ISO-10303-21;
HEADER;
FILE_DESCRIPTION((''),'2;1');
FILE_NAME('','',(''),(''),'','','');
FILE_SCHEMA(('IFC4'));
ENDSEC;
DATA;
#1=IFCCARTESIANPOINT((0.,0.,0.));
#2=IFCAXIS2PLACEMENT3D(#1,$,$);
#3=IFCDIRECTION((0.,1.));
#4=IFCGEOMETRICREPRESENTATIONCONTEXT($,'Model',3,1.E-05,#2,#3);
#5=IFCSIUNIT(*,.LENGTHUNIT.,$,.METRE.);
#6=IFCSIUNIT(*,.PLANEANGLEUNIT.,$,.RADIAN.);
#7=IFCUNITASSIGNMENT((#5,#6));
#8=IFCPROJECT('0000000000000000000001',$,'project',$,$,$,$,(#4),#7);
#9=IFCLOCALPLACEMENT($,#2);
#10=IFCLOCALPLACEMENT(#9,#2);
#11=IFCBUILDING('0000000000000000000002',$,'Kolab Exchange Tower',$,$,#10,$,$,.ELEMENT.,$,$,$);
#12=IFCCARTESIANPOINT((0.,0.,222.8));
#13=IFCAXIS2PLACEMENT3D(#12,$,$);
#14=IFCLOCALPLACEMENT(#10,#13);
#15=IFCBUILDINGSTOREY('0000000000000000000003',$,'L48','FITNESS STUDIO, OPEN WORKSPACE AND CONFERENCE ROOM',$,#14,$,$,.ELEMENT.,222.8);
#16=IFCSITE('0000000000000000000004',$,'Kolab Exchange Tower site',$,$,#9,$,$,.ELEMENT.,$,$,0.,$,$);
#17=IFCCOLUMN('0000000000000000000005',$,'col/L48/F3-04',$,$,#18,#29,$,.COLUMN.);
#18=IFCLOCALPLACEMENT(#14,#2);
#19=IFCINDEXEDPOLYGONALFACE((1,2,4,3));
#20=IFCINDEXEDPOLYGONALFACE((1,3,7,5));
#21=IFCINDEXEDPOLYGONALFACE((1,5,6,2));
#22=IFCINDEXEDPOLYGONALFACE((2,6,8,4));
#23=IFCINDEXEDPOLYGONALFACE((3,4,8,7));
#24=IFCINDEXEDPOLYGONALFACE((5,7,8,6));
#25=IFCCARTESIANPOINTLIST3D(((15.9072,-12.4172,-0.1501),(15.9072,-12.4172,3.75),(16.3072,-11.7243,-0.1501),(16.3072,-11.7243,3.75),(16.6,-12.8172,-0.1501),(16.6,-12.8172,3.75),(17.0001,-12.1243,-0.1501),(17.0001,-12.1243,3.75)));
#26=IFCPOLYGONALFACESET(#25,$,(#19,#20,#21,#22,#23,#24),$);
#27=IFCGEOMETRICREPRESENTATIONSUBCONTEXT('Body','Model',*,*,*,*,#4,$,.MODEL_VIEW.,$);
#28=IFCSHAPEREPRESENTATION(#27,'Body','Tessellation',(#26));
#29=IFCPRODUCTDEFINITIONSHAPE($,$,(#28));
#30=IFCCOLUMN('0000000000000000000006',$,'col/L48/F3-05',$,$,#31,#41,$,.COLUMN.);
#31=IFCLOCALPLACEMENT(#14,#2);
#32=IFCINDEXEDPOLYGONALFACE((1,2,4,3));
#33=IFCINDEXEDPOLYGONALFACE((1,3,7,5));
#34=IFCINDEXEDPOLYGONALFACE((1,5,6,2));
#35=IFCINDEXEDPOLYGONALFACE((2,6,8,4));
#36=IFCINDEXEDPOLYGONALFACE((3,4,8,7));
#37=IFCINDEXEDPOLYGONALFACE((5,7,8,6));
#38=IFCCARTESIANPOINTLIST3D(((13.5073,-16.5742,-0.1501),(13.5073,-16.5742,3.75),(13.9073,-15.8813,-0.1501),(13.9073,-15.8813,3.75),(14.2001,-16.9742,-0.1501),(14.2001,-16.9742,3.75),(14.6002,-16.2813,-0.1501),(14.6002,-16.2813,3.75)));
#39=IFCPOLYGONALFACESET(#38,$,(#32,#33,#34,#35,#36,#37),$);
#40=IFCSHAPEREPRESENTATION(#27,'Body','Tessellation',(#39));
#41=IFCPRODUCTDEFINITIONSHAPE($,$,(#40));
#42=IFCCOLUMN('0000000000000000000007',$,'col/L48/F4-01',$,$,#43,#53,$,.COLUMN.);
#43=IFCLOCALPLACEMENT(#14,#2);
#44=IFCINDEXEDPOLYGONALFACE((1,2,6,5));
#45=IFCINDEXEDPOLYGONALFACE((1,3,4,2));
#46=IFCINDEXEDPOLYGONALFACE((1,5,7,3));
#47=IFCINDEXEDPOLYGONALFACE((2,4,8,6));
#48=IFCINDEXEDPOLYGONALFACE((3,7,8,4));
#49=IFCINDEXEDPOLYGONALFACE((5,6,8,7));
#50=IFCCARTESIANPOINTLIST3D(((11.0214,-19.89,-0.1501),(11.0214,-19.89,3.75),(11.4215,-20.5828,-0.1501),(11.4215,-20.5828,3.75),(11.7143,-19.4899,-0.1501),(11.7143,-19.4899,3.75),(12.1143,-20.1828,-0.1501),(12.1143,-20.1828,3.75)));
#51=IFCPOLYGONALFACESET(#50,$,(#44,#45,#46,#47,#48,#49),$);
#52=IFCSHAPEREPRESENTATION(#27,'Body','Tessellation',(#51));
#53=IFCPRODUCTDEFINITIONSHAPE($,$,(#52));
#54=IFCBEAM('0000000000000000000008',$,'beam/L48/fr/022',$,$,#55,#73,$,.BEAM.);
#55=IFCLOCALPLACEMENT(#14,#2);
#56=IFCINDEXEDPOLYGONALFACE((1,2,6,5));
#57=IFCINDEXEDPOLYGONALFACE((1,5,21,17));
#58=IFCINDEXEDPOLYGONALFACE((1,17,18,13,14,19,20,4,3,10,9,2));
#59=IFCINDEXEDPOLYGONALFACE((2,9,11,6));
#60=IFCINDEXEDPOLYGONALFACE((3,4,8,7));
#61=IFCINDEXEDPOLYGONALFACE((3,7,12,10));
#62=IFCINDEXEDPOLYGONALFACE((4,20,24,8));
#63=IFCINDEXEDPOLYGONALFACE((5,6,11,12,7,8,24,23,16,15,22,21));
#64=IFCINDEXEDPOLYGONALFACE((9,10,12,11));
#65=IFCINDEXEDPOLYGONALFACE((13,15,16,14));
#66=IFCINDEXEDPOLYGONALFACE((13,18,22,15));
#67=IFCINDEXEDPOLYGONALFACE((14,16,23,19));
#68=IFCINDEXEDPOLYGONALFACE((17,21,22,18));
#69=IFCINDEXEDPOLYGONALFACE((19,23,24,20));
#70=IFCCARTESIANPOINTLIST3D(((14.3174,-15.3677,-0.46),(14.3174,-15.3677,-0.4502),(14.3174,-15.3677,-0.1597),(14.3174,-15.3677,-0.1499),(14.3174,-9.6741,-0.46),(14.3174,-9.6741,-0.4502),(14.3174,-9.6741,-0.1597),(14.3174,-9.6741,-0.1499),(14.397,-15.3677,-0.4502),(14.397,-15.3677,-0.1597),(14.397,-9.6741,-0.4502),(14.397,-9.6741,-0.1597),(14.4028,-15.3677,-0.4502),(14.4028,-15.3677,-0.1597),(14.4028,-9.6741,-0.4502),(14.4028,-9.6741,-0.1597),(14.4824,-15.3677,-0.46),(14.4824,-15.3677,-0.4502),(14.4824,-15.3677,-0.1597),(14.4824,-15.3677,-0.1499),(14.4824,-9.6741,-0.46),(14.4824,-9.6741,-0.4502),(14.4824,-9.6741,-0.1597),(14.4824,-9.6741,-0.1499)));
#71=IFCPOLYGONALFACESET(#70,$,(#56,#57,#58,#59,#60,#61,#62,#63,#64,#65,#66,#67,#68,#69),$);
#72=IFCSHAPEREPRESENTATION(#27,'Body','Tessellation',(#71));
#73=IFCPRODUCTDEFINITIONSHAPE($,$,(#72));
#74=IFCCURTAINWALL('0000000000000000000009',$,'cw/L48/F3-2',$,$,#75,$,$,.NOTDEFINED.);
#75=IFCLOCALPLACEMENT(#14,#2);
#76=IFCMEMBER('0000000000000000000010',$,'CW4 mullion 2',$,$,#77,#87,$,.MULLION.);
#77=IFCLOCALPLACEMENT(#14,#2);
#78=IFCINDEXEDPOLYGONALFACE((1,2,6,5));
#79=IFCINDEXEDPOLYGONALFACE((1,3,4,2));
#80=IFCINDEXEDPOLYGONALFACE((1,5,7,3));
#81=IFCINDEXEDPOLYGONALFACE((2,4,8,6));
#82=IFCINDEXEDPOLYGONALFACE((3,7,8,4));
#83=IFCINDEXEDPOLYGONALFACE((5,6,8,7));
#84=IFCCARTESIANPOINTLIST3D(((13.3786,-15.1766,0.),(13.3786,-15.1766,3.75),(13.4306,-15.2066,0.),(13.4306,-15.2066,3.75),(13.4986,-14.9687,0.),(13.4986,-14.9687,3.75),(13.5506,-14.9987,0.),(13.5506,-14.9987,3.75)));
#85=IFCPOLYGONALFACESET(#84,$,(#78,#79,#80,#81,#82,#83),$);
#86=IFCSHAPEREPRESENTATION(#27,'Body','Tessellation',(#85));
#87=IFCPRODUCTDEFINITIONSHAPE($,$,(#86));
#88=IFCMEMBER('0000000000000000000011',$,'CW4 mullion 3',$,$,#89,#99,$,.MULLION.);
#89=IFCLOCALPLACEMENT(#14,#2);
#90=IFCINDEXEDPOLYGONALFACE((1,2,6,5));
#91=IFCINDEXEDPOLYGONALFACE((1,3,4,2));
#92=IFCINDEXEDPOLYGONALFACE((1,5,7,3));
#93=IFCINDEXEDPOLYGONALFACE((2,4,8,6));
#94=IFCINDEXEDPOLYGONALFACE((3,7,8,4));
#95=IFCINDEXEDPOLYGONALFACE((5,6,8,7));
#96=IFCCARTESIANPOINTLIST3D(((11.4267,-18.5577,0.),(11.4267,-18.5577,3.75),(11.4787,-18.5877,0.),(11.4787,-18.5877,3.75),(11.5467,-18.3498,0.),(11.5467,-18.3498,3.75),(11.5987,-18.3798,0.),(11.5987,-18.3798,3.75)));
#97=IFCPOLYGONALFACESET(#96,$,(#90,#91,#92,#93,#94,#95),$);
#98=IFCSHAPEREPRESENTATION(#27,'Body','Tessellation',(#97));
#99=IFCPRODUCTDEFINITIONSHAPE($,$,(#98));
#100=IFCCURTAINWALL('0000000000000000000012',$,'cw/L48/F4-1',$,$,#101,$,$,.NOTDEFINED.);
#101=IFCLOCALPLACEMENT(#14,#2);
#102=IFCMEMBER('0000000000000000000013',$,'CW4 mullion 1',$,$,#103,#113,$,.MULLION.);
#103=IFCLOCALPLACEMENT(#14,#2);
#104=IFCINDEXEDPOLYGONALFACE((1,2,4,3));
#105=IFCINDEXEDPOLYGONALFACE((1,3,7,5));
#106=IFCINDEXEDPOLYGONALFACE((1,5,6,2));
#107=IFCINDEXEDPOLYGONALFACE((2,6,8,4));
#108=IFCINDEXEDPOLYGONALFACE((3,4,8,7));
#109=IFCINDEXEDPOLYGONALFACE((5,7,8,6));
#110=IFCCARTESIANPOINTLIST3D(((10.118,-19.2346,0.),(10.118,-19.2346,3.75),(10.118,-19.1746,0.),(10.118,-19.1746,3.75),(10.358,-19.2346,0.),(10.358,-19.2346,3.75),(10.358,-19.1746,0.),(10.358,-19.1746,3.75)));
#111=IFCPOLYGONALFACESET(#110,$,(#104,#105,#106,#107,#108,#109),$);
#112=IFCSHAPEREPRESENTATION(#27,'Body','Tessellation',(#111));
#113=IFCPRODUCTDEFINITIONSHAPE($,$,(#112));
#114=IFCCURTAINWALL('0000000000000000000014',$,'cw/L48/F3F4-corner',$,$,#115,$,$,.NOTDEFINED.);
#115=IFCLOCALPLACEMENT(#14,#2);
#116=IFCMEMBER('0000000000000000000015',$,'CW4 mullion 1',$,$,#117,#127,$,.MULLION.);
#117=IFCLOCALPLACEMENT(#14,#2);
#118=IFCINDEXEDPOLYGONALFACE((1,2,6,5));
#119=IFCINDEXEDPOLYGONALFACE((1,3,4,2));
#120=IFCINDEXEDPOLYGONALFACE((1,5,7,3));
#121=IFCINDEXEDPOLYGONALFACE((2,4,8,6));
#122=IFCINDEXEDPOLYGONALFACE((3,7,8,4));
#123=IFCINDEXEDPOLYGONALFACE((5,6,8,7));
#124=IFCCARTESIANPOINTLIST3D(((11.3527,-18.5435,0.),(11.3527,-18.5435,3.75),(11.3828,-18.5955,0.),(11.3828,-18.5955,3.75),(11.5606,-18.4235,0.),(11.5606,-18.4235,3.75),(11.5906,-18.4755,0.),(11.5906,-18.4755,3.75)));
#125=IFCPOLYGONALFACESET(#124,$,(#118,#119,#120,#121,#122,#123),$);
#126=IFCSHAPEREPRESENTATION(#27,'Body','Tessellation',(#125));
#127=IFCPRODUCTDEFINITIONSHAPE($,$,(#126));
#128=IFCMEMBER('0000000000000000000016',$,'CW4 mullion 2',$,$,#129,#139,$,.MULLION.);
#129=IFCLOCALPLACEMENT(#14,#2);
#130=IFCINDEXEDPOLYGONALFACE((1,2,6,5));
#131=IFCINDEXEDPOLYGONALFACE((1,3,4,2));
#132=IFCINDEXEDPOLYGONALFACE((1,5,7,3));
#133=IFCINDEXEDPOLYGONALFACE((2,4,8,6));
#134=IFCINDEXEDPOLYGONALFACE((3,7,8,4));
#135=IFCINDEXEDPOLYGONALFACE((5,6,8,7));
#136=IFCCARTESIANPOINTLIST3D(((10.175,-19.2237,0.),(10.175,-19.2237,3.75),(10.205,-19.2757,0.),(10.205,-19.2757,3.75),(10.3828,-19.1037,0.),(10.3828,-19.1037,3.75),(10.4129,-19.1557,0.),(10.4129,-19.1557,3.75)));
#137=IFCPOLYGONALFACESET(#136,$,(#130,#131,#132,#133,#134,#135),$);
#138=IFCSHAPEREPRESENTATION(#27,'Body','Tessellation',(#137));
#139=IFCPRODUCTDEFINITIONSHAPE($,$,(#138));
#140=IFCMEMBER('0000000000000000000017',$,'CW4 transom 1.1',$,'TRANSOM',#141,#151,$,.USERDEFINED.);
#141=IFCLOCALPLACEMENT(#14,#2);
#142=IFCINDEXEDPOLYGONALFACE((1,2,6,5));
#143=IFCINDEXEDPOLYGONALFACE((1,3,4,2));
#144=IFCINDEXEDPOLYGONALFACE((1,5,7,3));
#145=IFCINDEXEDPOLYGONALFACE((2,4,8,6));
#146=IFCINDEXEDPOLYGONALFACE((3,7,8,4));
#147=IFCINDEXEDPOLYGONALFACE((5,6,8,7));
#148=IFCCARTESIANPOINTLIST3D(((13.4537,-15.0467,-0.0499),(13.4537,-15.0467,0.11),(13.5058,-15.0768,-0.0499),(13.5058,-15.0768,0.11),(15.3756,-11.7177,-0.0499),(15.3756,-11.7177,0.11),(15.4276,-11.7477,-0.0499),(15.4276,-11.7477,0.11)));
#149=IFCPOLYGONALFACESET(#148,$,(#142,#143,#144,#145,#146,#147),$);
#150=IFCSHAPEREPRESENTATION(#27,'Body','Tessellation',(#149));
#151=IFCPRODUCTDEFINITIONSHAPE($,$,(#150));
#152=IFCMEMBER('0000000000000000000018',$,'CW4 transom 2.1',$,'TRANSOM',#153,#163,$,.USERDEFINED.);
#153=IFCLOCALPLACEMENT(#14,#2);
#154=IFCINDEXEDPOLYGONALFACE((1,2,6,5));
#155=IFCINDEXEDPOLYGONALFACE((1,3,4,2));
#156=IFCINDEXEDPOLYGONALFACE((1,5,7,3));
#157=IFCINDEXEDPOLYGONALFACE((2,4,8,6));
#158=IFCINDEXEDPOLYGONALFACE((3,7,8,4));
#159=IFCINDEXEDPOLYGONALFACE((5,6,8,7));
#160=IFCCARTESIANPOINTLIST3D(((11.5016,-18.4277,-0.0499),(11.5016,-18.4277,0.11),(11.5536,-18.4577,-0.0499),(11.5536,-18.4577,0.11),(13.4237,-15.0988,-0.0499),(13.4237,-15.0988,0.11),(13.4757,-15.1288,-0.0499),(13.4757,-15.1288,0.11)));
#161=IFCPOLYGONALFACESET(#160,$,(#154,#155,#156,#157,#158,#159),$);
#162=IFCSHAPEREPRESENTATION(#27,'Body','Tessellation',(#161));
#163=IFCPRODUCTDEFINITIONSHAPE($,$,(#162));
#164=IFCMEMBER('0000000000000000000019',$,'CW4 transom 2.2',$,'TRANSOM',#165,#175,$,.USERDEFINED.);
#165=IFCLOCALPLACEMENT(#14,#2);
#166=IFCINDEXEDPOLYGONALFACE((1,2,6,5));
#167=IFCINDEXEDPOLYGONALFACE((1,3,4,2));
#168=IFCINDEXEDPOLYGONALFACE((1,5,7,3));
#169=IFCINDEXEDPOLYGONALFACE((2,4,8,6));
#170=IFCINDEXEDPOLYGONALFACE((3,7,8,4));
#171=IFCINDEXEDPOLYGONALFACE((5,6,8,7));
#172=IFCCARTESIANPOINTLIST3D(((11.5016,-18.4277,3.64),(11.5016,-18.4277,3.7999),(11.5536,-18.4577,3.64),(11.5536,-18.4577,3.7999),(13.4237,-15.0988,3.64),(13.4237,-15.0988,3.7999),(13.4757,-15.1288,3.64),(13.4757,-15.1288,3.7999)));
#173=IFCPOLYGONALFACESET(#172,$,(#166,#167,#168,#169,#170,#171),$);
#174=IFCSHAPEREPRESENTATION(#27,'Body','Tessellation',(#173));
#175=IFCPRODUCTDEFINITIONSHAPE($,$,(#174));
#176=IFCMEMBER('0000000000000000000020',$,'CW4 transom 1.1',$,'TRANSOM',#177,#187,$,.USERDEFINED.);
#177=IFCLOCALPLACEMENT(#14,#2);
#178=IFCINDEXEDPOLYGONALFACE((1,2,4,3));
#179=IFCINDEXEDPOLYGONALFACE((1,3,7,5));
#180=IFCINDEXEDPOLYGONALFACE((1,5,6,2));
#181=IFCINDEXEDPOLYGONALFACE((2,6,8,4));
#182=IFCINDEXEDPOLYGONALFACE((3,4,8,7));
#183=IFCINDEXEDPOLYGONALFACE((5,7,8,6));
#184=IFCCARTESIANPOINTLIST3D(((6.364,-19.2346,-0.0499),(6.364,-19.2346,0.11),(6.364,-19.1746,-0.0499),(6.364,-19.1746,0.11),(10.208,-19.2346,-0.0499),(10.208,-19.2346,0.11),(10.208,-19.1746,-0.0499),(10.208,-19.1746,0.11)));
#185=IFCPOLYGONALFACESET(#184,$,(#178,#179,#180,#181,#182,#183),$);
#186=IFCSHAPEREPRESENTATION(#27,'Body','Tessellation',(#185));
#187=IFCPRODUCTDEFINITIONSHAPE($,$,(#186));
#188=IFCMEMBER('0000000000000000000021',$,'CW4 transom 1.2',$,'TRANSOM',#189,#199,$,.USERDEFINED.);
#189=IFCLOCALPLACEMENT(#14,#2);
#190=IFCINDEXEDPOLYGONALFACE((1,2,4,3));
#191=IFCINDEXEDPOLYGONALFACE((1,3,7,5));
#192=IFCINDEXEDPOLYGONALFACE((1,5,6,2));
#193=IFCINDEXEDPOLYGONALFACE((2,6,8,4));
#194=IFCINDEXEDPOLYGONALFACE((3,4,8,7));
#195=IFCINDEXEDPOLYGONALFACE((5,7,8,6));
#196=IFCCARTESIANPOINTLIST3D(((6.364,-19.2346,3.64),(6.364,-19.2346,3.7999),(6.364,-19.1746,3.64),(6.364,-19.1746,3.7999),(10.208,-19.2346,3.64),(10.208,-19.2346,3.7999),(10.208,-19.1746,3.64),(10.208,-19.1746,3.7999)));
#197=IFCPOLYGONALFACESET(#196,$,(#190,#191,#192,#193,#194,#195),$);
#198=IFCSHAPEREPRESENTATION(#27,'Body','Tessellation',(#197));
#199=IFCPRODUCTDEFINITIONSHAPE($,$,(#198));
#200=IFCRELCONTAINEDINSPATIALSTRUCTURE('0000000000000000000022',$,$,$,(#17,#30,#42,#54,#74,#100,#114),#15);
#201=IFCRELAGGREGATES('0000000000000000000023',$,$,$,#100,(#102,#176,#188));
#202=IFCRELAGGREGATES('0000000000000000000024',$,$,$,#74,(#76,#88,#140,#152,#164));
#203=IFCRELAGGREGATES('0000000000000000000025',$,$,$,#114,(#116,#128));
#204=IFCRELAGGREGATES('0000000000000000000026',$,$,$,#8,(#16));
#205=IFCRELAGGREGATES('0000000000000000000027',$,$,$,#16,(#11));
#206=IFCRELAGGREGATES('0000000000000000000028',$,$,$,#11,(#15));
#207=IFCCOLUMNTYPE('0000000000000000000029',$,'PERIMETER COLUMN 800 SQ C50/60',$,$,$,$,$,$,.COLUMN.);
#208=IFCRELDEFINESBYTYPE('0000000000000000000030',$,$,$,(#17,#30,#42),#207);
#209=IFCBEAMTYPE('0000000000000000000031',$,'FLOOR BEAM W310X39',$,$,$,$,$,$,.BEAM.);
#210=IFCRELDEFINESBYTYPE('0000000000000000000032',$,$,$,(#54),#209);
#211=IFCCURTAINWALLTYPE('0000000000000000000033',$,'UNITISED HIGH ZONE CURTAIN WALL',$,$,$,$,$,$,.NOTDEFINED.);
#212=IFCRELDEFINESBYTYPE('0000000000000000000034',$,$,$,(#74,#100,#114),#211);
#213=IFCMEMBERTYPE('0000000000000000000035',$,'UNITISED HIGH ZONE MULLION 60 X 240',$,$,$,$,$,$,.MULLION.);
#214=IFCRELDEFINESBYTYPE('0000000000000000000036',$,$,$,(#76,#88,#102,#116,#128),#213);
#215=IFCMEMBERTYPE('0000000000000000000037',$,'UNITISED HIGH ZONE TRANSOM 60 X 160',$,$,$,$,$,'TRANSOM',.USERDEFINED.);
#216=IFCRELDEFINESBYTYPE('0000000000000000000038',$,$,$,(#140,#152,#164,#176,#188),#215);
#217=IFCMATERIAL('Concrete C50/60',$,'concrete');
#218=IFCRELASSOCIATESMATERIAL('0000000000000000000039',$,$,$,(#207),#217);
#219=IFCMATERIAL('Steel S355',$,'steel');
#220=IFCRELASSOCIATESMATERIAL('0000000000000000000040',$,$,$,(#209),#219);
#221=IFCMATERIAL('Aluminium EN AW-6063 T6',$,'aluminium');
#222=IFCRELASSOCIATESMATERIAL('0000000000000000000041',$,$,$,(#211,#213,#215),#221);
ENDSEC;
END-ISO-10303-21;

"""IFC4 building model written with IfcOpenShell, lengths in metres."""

from ifc_helpers import new_model, si_unit, direction, frame, origin, origin_2d, place, context, subcontext, project, spatial, rectangle, i_section, extrude, material, material_profile, profile_set, type_object, element, aggregate, save


model = new_model("IFC4")

# Units and contexts
model_context = context("Model", 3, precision=1e-05, world=origin(), true_north=direction((0.0, 1.0)))
body_context = subcontext(model_context, "Body", "Model", "MODEL_VIEW")
ifc_project = project(units=[si_unit("LENGTHUNIT", "METRE"), si_unit("PLANEANGLEUNIT", "RADIAN")], contexts=[model_context])

# Site, building, storey
site_placement = place(None, origin())
site = spatial("IfcSite", under=ifc_project, at=site_placement, Name="Kolab Exchange Tower site", CompositionType="ELEMENT", RefElevation=0.0)
building_placement = place(site_placement, origin())
building = spatial("IfcBuilding", under=site, at=building_placement, Name="Kolab Exchange Tower", CompositionType="ELEMENT")
storey_placement = place(building_placement, frame((0.0, 0.0, 222.8)))
storey = spatial("IfcBuildingStorey", under=building, at=storey_placement, Name="L48", Description="FITNESS STUDIO, OPEN WORKSPACE AND CONFERENCE ROOM", CompositionType="ELEMENT", Elevation=222.8)

# Columns
ifc_material_1 = material(Name="Concrete C50/60", Category="concrete")
ifc_material_profile_1 = material_profile(ifc_material_1, rectangle(XDim=0.8, YDim=0.8, at=origin_2d()), Name="RC800")
ifc_profile_set_1 = profile_set([ifc_material_profile_1], Name="Concrete C50/60")
column_type = type_object("IfcColumnType", Name="PERIMETER COLUMN 800 SQ C50/60", PredefinedType="COLUMN", material=ifc_profile_set_1)
for number, where, z_axis, x_axis, name in (
    (1, (16.4536, -12.2708, -0.1501), (0.0, 0.0, 1.0), (0.5, 0.866025, 0.0), "col/L48/F3-04"),
    (2, (14.0537, -16.4277, -0.1501), (0.0, 0.0, 1.0), (0.5, 0.866025, 0.0), "col/L48/F3-05"),
    (3, (11.5679, -20.0364, -0.1501), (0.0, 0.0, 1.0), (0.866025, 0.5, 0.0), "col/L48/F4-01"),
):
    element("IfcColumn", number, at=place(storey_placement, frame(where, z_axis=z_axis, x_axis=x_axis)), inside=storey, type_object=column_type, Name=name, PredefinedType="COLUMN", context=body_context, shape_type="SweptSolid", body=[
        extrude(rectangle(XDim=0.8, YDim=0.8, at=origin_2d()), origin(), (0.0, 0.0, 1.0), 3.9001),
    ])

# Beam
ifc_material_2 = material(Name="Steel S355", Category="steel")
ifc_material_profile_2 = material_profile(ifc_material_2, i_section(OverallWidth=0.165, OverallDepth=0.3101, WebThickness=0.0059, FlangeThickness=0.0098, at=origin_2d()), Name="W310X39")
ifc_profile_set_2 = profile_set([ifc_material_profile_2], Name="Steel S355")
beam_type = type_object("IfcBeamType", Name="FLOOR BEAM W310X39", PredefinedType="BEAM", material=ifc_profile_set_2)
beam_placement = place(storey_placement, frame((14.3999, -15.3677, -0.3049), z_axis=(0.0, 1.0, 0.0), x_axis=(-1.0, 0.0, 0.0)))
element("IfcBeam", 4, at=beam_placement, inside=storey, type_object=beam_type, Name="beam/L48/fr/022", PredefinedType="BEAM", context=body_context, shape_type="SweptSolid", body=[
    extrude(i_section(OverallWidth=0.165, OverallDepth=0.3101, WebThickness=0.0059, FlangeThickness=0.0098, at=origin_2d()), origin(), (0.0, 0.0, 1.0), 5.6936),
])

# Curtain wall, members
ifc_material_3 = material(Name="Aluminium EN AW-6063 T6", Category="aluminium")
curtain_wall_type = type_object("IfcCurtainWallType", Name="UNITISED HIGH ZONE CURTAIN WALL", PredefinedType="NOTDEFINED", material=ifc_material_3)
curtain_wall_1_placement = place(storey_placement, origin())
curtain_wall_1 = element("IfcCurtainWall", 5, at=curtain_wall_1_placement, inside=storey, type_object=curtain_wall_type, Name="cw/L48/F3-2", PredefinedType="NOTDEFINED")
ifc_material_profile_3 = material_profile(ifc_material_3, rectangle(XDim=0.0601, YDim=0.24, at=origin_2d()), Name="RECT 60X240")
ifc_profile_set_3 = profile_set([ifc_material_profile_3], Name="Aluminium EN AW-6063 T6")
member_type_1 = type_object("IfcMemberType", Name="UNITISED HIGH ZONE MULLION 60 X 240", PredefinedType="MULLION", material=ifc_profile_set_3)
member_1_placement = place(storey_placement, frame((13.4646, -15.0876, 0.0), z_axis=(0.0, 0.0, 1.0), x_axis=(0.866025, -0.5, 0.0)))
member_1 = element("IfcMember", 6, at=member_1_placement, type_object=member_type_1, Name="CW4 mullion 2", PredefinedType="MULLION", context=body_context, shape_type="SweptSolid", body=[
    extrude(rectangle(XDim=0.0601, YDim=0.24, at=origin_2d()), origin(), (0.0, 0.0, 1.0), 3.75),
])
member_2_placement = place(storey_placement, frame((11.5127, -18.4688, 0.0), z_axis=(0.0, 0.0, 1.0), x_axis=(0.866025, -0.5, 0.0)))
member_2 = element("IfcMember", 7, at=member_2_placement, type_object=member_type_1, Name="CW4 mullion 3", PredefinedType="MULLION", context=body_context, shape_type="SweptSolid", body=[
    extrude(rectangle(XDim=0.0601, YDim=0.24, at=origin_2d()), origin(), (0.0, 0.0, 1.0), 3.75),
])

# Curtain wall, member
curtain_wall_2_placement = place(storey_placement, origin())
curtain_wall_2 = element("IfcCurtainWall", 8, at=curtain_wall_2_placement, inside=storey, type_object=curtain_wall_type, Name="cw/L48/F4-1", PredefinedType="NOTDEFINED")
member_3_placement = place(storey_placement, frame((10.238, -19.2046, 0.0), z_axis=(0.0, 0.0, 1.0), x_axis=(0.0, -1.0, 0.0)))
member_3 = element("IfcMember", 9, at=member_3_placement, type_object=member_type_1, Name="CW4 mullion 1", PredefinedType="MULLION", context=body_context, shape_type="SweptSolid", body=[
    extrude(rectangle(XDim=0.0601, YDim=0.24, at=origin_2d()), origin(), (0.0, 0.0, 1.0), 3.75),
])

# Curtain wall, members
curtain_wall_3_placement = place(storey_placement, origin())
curtain_wall_3 = element("IfcCurtainWall", 10, at=curtain_wall_3_placement, inside=storey, type_object=curtain_wall_type, Name="cw/L48/F3F4-corner", PredefinedType="NOTDEFINED")
member_4_placement = place(storey_placement, frame((11.4717, -18.5095, 0.0), z_axis=(0.0, 0.0, 1.0), x_axis=(0.5, -0.866025, 0.0)))
member_4 = element("IfcMember", 11, at=member_4_placement, type_object=member_type_1, Name="CW4 mullion 1", PredefinedType="MULLION", context=body_context, shape_type="SweptSolid", body=[
    extrude(rectangle(XDim=0.0601, YDim=0.24, at=origin_2d()), origin(), (0.0, 0.0, 1.0), 3.75),
])
member_5_placement = place(storey_placement, frame((10.2939, -19.1897, 0.0), z_axis=(0.0, 0.0, 1.0), x_axis=(0.5, -0.866025, 0.0)))
member_5 = element("IfcMember", 12, at=member_5_placement, type_object=member_type_1, Name="CW4 mullion 2", PredefinedType="MULLION", context=body_context, shape_type="SweptSolid", body=[
    extrude(rectangle(XDim=0.0601, YDim=0.24, at=origin_2d()), origin(), (0.0, 0.0, 1.0), 3.75),
])

# Members
ifc_material_profile_4 = material_profile(ifc_material_3, rectangle(XDim=0.0601, YDim=0.1599, at=origin_2d()), Name="RECT 60X160")
ifc_profile_set_4 = profile_set([ifc_material_profile_4], Name="Aluminium EN AW-6063 T6")
member_type_2 = type_object("IfcMemberType", Name="UNITISED HIGH ZONE TRANSOM 60 X 160", ElementType="TRANSOM", PredefinedType="USERDEFINED", material=ifc_profile_set_4)
member_6_placement = place(storey_placement, frame((15.4016, -11.7327, 0.03), z_axis=(-0.499964, -0.866046, 0.0), x_axis=(0.866046, -0.499964, 0.0)))
member_6 = element("IfcMember", 13, at=member_6_placement, type_object=member_type_2, Name="CW4 transom 1.1", ObjectType="TRANSOM", PredefinedType="USERDEFINED", context=body_context, shape_type="SweptSolid", body=[
    extrude(rectangle(XDim=0.0601, YDim=0.1599, at=origin_2d()), origin(), (0.0, 0.0, 1.0), 3.844),
])
member_7_placement = place(storey_placement, frame((13.4497, -15.1138, 0.03), z_axis=(-0.500039, -0.866003, 0.0), x_axis=(0.866003, -0.500039, 0.0)))
member_7 = element("IfcMember", 14, at=member_7_placement, type_object=member_type_2, Name="CW4 transom 2.1", ObjectType="TRANSOM", PredefinedType="USERDEFINED", context=body_context, shape_type="SweptSolid", body=[
    extrude(rectangle(XDim=0.0601, YDim=0.1599, at=origin_2d()), origin(), (0.0, 0.0, 1.0), 3.844),
])
member_8_placement = place(storey_placement, frame((13.4497, -15.1138, 3.72), z_axis=(-0.500039, -0.866003, 0.0), x_axis=(0.866003, -0.500039, 0.0)))
member_8 = element("IfcMember", 15, at=member_8_placement, type_object=member_type_2, Name="CW4 transom 2.2", ObjectType="TRANSOM", PredefinedType="USERDEFINED", context=body_context, shape_type="SweptSolid", body=[
    extrude(rectangle(XDim=0.0601, YDim=0.1599, at=origin_2d()), origin(), (0.0, 0.0, 1.0), 3.844),
])
member_9_placement = place(storey_placement, frame((10.208, -19.2046, 0.03), z_axis=(-1.0, 0.0, 0.0), x_axis=(0.0, -1.0, 0.0)))
member_9 = element("IfcMember", 16, at=member_9_placement, type_object=member_type_2, Name="CW4 transom 1.1", ObjectType="TRANSOM", PredefinedType="USERDEFINED", context=body_context, shape_type="SweptSolid", body=[
    extrude(rectangle(XDim=0.0601, YDim=0.1599, at=origin_2d()), origin(), (0.0, 0.0, 1.0), 3.844),
])
member_10_placement = place(storey_placement, frame((10.208, -19.2046, 3.72), z_axis=(-1.0, 0.0, 0.0), x_axis=(0.0, -1.0, 0.0)))
member_10 = element("IfcMember", 17, at=member_10_placement, type_object=member_type_2, Name="CW4 transom 1.2", ObjectType="TRANSOM", PredefinedType="USERDEFINED", context=body_context, shape_type="SweptSolid", body=[
    extrude(rectangle(XDim=0.0601, YDim=0.1599, at=origin_2d()), origin(), (0.0, 0.0, 1.0), 3.844),
])
aggregate(curtain_wall_2, [member_3, member_9, member_10])

aggregate(curtain_wall_1, [member_1, member_2, member_6, member_7, member_8])
aggregate(curtain_wall_3, [member_4, member_5])

save(model, "model.ifc")
